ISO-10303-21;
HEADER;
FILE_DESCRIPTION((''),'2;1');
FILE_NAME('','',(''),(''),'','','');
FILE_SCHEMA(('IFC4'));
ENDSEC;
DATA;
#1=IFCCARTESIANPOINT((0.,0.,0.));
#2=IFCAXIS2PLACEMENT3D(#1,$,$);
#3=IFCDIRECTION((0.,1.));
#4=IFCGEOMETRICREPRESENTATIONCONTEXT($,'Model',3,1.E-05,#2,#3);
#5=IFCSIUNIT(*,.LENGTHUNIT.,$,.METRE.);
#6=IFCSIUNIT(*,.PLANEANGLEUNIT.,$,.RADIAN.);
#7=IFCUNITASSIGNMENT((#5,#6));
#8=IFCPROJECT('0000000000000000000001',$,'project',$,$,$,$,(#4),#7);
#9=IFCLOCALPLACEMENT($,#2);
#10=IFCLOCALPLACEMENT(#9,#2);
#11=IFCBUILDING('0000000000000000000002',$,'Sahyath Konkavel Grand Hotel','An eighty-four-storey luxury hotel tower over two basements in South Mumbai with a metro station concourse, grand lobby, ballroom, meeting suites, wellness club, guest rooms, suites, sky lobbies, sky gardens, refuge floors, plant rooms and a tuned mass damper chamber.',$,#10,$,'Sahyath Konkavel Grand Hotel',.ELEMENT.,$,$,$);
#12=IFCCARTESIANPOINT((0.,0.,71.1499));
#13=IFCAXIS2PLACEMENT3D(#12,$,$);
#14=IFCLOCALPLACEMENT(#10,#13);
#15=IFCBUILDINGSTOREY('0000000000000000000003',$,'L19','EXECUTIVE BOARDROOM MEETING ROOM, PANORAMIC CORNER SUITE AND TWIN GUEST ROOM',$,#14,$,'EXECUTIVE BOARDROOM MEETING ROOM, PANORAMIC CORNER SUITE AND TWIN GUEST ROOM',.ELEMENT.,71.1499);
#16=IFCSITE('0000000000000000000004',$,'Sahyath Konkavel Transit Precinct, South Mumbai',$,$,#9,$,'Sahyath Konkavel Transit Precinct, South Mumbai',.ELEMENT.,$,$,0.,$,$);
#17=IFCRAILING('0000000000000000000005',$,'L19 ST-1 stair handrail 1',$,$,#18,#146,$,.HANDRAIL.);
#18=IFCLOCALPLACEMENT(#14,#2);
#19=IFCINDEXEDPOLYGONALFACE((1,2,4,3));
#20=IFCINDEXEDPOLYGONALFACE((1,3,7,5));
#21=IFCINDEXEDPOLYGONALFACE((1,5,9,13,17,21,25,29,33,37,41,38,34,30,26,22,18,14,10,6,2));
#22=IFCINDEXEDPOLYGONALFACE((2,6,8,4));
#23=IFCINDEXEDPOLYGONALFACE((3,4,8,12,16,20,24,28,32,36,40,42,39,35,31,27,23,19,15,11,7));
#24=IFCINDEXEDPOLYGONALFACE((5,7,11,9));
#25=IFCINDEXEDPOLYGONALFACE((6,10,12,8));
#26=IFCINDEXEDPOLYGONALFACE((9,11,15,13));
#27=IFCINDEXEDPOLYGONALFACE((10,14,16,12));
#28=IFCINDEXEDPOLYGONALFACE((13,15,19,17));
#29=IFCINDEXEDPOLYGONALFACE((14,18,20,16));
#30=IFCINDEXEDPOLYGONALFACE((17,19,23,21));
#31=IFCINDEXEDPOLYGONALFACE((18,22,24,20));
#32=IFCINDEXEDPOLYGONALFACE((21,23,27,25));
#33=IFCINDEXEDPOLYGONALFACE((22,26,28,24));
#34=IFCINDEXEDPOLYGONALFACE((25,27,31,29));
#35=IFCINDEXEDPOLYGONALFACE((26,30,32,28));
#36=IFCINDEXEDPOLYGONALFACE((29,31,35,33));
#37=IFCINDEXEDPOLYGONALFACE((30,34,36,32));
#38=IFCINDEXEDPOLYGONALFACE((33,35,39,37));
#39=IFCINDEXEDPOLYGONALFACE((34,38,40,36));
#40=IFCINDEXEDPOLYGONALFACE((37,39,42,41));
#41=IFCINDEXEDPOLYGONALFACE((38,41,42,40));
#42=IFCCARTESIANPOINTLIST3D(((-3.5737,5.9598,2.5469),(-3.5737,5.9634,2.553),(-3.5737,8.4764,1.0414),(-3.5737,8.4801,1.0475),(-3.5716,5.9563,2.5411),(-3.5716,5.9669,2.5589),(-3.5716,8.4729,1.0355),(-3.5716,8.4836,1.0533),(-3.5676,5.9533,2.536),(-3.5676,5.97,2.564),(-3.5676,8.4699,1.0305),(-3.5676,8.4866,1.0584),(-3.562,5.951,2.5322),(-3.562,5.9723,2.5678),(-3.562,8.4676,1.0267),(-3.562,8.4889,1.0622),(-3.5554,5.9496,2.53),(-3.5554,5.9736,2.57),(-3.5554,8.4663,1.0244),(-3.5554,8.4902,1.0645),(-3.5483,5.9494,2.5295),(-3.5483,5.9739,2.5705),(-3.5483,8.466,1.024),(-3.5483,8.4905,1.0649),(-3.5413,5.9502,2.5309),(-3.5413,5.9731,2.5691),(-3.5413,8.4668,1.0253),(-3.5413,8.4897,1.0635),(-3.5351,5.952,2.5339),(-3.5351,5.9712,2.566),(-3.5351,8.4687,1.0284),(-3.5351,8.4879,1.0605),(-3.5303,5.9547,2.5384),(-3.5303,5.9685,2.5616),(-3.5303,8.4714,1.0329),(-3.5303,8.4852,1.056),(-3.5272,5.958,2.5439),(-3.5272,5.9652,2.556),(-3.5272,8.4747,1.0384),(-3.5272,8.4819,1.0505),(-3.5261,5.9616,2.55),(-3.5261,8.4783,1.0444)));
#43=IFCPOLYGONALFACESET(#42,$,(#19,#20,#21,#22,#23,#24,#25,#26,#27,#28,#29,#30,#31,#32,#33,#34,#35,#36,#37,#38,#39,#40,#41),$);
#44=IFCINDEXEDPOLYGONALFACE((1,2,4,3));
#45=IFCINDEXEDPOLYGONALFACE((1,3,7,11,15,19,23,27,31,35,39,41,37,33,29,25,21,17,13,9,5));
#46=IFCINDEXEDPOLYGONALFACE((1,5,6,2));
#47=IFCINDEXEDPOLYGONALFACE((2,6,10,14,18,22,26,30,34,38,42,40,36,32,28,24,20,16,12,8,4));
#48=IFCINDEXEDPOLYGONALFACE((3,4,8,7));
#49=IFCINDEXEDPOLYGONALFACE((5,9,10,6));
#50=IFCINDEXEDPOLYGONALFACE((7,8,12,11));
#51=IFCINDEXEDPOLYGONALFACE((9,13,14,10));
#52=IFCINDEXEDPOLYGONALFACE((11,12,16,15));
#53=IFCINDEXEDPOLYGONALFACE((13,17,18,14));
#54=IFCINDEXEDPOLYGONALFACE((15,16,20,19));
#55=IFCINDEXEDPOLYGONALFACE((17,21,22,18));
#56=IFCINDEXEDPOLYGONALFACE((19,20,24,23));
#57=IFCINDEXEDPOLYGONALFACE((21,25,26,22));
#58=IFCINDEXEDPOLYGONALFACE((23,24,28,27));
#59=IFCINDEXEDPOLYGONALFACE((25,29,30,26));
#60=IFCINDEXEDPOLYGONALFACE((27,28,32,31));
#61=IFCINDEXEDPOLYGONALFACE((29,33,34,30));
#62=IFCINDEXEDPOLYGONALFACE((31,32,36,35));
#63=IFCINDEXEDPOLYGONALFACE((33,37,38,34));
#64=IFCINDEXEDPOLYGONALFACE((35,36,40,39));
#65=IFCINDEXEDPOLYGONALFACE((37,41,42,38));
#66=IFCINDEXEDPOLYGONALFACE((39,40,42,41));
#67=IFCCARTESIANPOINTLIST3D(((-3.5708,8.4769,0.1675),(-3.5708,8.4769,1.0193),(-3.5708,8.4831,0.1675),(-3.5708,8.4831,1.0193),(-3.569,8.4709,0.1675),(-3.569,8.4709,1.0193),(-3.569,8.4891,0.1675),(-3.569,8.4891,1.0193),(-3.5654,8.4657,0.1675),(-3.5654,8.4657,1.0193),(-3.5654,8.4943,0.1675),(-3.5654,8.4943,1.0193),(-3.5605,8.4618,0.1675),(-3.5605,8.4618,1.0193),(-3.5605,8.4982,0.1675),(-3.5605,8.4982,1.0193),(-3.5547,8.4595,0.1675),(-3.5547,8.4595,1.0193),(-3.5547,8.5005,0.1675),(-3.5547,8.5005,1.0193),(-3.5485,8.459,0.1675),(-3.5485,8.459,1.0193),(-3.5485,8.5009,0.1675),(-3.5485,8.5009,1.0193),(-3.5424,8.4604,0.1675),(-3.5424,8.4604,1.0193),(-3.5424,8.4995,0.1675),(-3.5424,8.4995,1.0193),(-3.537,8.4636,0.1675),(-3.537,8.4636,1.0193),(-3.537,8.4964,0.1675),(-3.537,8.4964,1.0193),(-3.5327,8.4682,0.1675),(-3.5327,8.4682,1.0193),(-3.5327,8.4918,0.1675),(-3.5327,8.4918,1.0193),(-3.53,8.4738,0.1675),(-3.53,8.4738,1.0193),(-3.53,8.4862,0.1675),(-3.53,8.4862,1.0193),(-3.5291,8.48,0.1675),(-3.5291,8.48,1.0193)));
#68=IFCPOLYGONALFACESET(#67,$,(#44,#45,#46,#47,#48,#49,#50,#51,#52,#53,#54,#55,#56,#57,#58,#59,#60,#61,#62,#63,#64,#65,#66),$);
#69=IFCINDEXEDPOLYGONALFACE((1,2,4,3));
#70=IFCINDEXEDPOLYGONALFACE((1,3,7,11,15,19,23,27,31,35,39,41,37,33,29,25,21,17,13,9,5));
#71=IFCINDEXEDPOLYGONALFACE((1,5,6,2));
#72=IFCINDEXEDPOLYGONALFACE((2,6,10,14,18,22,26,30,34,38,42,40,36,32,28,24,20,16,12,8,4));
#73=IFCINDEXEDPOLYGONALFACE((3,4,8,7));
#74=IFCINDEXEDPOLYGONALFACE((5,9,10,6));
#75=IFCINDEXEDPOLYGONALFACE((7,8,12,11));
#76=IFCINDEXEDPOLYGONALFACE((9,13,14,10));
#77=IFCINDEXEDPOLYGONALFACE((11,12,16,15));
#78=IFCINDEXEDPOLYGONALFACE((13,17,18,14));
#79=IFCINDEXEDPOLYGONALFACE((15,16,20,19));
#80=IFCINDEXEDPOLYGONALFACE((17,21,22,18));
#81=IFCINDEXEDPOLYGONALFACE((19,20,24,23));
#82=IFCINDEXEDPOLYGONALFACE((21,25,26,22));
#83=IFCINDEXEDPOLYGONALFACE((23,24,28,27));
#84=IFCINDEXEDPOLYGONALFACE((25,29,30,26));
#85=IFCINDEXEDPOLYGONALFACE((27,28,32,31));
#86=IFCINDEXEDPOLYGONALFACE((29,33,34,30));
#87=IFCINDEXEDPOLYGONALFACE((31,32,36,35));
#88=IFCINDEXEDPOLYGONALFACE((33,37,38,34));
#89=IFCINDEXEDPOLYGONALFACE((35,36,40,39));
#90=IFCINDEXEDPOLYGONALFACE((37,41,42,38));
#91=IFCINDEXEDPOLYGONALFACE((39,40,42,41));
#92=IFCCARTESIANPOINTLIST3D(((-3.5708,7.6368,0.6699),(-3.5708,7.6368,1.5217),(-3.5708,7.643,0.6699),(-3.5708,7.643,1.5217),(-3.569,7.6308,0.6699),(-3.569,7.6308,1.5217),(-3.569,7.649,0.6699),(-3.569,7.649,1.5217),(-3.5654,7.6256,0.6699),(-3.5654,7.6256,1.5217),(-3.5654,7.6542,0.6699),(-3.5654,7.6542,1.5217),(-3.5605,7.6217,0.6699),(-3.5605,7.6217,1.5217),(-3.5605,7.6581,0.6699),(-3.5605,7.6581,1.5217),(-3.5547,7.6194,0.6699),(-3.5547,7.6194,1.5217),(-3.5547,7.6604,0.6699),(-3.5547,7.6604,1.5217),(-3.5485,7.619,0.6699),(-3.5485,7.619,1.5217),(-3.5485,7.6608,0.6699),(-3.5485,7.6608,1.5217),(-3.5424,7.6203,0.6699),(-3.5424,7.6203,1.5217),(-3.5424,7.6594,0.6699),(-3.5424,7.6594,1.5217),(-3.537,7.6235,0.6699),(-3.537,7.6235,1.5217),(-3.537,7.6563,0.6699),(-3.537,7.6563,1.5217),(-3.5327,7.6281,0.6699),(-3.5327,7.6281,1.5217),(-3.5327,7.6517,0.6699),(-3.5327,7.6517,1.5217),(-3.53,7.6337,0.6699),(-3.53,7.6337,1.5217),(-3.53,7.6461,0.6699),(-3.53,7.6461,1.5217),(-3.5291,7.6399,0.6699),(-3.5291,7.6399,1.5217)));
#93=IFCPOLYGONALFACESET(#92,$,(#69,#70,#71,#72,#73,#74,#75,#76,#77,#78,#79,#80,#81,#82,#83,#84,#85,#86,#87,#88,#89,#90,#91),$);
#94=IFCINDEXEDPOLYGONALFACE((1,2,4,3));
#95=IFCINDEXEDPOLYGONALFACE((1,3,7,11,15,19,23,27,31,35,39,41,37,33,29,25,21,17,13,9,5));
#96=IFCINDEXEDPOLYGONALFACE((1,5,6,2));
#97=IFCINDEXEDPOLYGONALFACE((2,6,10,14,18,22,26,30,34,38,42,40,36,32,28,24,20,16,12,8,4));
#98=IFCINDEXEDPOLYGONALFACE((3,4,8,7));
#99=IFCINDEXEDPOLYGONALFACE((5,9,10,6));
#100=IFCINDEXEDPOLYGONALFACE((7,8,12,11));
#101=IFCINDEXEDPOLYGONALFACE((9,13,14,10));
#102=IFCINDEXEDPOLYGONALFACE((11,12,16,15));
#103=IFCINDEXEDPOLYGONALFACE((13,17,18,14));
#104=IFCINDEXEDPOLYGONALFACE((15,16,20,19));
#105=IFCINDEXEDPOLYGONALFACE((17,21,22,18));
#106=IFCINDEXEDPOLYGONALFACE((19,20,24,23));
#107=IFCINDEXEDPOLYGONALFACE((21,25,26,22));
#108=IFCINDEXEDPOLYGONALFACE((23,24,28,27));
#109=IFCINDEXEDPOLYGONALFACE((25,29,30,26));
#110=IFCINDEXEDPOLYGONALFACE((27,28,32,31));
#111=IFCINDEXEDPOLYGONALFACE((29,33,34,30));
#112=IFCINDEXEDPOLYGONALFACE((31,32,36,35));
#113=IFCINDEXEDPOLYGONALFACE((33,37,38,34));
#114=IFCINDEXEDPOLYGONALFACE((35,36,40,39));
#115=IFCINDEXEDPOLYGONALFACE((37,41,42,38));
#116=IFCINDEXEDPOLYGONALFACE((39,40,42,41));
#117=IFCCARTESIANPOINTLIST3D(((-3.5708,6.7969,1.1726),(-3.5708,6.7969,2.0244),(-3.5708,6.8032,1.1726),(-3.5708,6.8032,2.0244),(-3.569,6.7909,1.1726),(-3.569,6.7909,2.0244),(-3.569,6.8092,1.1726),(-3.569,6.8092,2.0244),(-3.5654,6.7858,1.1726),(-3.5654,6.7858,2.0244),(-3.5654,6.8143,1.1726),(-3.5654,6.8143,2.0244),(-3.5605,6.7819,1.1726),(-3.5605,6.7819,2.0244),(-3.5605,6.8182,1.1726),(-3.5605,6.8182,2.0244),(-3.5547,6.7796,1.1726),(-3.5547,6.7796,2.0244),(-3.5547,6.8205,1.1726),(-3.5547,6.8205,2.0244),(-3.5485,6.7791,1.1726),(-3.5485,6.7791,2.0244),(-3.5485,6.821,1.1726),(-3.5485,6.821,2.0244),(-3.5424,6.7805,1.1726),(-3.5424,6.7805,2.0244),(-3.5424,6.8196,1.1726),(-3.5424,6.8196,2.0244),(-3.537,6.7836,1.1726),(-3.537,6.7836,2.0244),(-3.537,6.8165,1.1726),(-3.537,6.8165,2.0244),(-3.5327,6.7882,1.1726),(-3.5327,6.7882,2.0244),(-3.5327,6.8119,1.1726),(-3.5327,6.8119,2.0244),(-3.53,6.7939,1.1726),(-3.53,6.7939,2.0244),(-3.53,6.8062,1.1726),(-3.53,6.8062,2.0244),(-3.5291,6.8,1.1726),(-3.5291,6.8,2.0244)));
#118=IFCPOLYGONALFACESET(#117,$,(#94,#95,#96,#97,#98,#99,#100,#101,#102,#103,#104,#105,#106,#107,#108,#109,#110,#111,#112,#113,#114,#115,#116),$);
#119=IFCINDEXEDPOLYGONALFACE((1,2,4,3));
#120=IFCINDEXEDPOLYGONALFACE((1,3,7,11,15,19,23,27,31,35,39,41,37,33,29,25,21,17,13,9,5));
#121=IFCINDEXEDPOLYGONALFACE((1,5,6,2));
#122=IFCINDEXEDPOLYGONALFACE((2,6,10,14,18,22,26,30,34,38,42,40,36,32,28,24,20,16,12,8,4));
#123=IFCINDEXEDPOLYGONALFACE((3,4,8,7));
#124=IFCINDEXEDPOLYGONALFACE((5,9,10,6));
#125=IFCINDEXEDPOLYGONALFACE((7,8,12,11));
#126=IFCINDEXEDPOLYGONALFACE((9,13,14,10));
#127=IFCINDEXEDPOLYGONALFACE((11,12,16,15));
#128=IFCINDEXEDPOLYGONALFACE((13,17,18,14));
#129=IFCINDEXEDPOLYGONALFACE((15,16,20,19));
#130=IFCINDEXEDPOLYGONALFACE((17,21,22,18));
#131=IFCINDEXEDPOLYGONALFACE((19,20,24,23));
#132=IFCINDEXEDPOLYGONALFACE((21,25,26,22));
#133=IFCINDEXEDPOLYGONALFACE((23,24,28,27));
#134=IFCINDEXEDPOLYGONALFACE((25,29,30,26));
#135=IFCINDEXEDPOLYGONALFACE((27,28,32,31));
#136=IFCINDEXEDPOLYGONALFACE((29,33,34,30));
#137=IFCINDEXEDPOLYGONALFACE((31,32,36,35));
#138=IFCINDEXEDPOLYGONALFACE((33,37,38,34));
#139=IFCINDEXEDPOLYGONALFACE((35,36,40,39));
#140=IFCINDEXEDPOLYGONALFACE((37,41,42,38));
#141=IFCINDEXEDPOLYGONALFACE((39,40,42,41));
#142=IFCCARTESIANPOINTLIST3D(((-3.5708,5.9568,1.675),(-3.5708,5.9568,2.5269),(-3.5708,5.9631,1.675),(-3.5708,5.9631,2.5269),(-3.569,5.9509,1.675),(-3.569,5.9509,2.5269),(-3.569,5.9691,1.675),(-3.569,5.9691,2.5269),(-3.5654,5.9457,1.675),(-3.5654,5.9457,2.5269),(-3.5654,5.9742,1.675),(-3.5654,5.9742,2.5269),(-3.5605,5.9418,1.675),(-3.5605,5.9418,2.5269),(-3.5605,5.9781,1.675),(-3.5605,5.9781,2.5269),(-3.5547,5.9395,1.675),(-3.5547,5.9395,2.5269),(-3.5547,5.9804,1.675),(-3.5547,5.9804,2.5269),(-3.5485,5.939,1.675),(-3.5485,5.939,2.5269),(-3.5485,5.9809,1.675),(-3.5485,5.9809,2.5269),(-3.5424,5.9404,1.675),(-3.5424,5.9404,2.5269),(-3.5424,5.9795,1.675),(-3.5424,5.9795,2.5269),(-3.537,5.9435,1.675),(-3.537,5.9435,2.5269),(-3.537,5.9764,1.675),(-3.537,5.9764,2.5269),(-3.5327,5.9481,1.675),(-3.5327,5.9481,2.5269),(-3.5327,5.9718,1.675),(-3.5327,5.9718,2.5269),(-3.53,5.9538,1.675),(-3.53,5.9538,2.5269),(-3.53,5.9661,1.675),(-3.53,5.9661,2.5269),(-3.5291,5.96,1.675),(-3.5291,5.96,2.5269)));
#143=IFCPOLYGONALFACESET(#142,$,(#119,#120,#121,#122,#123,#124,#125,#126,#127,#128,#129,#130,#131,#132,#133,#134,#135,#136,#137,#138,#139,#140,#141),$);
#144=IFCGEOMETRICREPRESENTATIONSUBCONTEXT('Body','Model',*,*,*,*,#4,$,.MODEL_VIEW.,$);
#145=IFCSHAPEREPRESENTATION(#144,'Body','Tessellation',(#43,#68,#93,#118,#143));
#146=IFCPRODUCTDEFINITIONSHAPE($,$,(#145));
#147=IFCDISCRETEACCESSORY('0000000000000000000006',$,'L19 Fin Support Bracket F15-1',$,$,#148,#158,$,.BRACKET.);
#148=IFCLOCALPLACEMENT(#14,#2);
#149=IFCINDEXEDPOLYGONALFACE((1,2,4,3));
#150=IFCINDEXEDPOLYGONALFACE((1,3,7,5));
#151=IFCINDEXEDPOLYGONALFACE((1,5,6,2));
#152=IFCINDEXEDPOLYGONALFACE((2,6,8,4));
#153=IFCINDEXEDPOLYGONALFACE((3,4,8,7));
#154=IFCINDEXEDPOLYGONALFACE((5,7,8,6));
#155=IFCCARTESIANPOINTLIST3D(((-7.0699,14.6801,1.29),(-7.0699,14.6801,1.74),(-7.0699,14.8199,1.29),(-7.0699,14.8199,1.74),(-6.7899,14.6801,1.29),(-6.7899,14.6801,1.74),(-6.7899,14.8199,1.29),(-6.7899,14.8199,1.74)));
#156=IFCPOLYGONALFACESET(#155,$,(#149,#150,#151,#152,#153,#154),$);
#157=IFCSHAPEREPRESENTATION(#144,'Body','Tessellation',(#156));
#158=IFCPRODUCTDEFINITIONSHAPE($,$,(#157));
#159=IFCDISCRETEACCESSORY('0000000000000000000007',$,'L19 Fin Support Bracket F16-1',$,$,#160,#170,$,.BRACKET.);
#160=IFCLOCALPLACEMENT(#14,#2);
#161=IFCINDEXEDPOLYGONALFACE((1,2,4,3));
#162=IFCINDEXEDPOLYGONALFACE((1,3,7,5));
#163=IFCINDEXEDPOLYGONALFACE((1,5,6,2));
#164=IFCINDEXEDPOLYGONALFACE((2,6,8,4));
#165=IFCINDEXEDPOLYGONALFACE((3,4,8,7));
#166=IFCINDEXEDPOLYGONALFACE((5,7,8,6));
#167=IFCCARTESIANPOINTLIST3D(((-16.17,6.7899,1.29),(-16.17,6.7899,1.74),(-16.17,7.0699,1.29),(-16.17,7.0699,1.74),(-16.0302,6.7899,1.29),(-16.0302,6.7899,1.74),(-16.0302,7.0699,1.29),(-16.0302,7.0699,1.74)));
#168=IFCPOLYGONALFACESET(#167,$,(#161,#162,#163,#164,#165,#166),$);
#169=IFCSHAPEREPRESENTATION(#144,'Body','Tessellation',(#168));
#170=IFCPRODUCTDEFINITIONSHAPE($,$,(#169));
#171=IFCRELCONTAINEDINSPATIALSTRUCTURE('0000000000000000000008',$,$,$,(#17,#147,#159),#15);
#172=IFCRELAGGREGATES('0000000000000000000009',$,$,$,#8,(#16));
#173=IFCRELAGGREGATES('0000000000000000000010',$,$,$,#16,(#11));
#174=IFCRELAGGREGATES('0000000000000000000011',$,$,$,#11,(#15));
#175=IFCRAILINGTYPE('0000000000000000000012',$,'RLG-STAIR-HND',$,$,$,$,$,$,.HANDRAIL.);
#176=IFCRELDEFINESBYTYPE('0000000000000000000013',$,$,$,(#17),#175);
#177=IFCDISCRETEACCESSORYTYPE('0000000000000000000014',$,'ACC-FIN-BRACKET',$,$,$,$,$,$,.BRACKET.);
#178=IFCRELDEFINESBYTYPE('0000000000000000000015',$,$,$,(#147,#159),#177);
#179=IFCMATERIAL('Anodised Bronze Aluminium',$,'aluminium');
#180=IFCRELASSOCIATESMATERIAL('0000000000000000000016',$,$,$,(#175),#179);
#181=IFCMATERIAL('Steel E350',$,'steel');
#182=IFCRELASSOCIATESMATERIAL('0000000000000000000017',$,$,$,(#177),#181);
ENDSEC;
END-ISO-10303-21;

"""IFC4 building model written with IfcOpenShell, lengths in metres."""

from ifc_helpers import new_model, si_unit, direction, frame, origin, origin_2d, place, context, subcontext, project, spatial, rectangle, circle, extrude, source, transform, mapped, material, type_object, element, save


model = new_model("IFC4")

# Units and contexts
model_context = context("Model", 3, precision=1e-05, world=origin(), true_north=direction((0.0, 1.0)))
body_context = subcontext(model_context, "Body", "Model", "MODEL_VIEW")
ifc_project = project(units=[si_unit("LENGTHUNIT", "METRE"), si_unit("PLANEANGLEUNIT", "RADIAN")], contexts=[model_context])

# Site, building, storey
site_placement = place(None, origin())
site = spatial("IfcSite", under=ifc_project, at=site_placement, Name="Sahyath Konkavel Transit Precinct, South Mumbai", LongName="Sahyath Konkavel Transit Precinct, South Mumbai", CompositionType="ELEMENT", RefElevation=0.0)
building_placement = place(site_placement, origin())
building = spatial("IfcBuilding", under=site, at=building_placement, Name="Sahyath Konkavel Grand Hotel", Description="An eighty-four-storey luxury hotel tower over two basements in South Mumbai with a metro station concourse, grand lobby, ballroom, meeting suites, wellness club, guest rooms, suites, sky lobbies, sky gardens, refuge floors, plant rooms and a tuned mass damper chamber.", LongName="Sahyath Konkavel Grand Hotel", CompositionType="ELEMENT")
storey_placement = place(building_placement, frame((0.0, 0.0, 71.1499)))
storey = spatial("IfcBuildingStorey", under=building, at=storey_placement, Name="L19", Description="EXECUTIVE BOARDROOM MEETING ROOM, PANORAMIC CORNER SUITE AND TWIN GUEST ROOM", LongName="EXECUTIVE BOARDROOM MEETING ROOM, PANORAMIC CORNER SUITE AND TWIN GUEST ROOM", CompositionType="ELEMENT", Elevation=71.1499)

# Shared definitions
ifc_material_1 = material(Name="Steel E350", Category="steel")

# Shared definitions
ifc_material_2 = material(Name="Anodised Bronze Aluminium", Category="aluminium")

# Railing
railing_type_1 = type_object("IfcRailingType", Name="RLG-STAIR-HND", PredefinedType="HANDRAIL", material=ifc_material_2)
railing_1_placement = place(storey_placement, frame((-3.55, 8.48, 0.1675)))
element("IfcRailing", 1, at=railing_1_placement, inside=storey, type_object=railing_type_1, Name="L19 ST-1 stair handrail 1", PredefinedType="HANDRAIL", context=body_context, shape_type="SweptSolid", body=[
    extrude(circle(Radius=0.0239, at=origin_2d()), frame((0.0, -0.0017, 0.877), z_axis=(0.0, -0.85816, 0.513383), x_axis=(1.0, 0.0, 0.0)), (0.0, 0.0, 1.0), 2.9326),
    extrude(circle(Radius=0.021, at=origin_2d()), origin(), (0.0, 0.0, 1.0), 0.8518),
    extrude(circle(Radius=0.021, at=origin_2d()), frame((0.0, -0.8401, 0.5024)), (0.0, 0.0, 1.0), 0.8518),
    extrude(circle(Radius=0.021, at=origin_2d()), frame((0.0, -1.6799, 1.0051)), (0.0, 0.0, 1.0), 0.8518),
    extrude(circle(Radius=0.021, at=origin_2d()), frame((0.0, -2.52, 1.5076)), (0.0, 0.0, 1.0), 0.8518),
])

# Discrete accessories
discrete_accessory_type = type_object("IfcDiscreteAccessoryType", Name="ACC-FIN-BRACKET", PredefinedType="BRACKET", material=ifc_material_1)
shared_shape_1 = source(origin(), body_context, "Body", "SweptSolid", [
    extrude(rectangle(XDim=0.28, YDim=0.1399, at=origin_2d()), origin(), (0.0, 0.0, 1.0), 0.45),
])
for number, where, z_axis, x_axis, name in (
    (2, (-6.9299, 14.75, 1.29), (0.0, 0.0, 1.0), (-1.0, 0.0, 0.0), "L19 Fin Support Bracket F15-1"),
    (3, (-16.1001, 6.9299, 1.29), (0.0, 0.0, 1.0), (0.0, 1.0, 0.0), "L19 Fin Support Bracket F16-1"),
):
    element("IfcDiscreteAccessory", number, at=place(storey_placement, frame(where, z_axis=z_axis, x_axis=x_axis)), inside=storey, type_object=discrete_accessory_type, Name=name, PredefinedType="BRACKET", context=body_context, shape_type="MappedRepresentation", body=[
        mapped(shared_shape_1, transform((0.0, 0.0, 0.0), scale=1.0)),
    ])

save(model, "model.ifc")
